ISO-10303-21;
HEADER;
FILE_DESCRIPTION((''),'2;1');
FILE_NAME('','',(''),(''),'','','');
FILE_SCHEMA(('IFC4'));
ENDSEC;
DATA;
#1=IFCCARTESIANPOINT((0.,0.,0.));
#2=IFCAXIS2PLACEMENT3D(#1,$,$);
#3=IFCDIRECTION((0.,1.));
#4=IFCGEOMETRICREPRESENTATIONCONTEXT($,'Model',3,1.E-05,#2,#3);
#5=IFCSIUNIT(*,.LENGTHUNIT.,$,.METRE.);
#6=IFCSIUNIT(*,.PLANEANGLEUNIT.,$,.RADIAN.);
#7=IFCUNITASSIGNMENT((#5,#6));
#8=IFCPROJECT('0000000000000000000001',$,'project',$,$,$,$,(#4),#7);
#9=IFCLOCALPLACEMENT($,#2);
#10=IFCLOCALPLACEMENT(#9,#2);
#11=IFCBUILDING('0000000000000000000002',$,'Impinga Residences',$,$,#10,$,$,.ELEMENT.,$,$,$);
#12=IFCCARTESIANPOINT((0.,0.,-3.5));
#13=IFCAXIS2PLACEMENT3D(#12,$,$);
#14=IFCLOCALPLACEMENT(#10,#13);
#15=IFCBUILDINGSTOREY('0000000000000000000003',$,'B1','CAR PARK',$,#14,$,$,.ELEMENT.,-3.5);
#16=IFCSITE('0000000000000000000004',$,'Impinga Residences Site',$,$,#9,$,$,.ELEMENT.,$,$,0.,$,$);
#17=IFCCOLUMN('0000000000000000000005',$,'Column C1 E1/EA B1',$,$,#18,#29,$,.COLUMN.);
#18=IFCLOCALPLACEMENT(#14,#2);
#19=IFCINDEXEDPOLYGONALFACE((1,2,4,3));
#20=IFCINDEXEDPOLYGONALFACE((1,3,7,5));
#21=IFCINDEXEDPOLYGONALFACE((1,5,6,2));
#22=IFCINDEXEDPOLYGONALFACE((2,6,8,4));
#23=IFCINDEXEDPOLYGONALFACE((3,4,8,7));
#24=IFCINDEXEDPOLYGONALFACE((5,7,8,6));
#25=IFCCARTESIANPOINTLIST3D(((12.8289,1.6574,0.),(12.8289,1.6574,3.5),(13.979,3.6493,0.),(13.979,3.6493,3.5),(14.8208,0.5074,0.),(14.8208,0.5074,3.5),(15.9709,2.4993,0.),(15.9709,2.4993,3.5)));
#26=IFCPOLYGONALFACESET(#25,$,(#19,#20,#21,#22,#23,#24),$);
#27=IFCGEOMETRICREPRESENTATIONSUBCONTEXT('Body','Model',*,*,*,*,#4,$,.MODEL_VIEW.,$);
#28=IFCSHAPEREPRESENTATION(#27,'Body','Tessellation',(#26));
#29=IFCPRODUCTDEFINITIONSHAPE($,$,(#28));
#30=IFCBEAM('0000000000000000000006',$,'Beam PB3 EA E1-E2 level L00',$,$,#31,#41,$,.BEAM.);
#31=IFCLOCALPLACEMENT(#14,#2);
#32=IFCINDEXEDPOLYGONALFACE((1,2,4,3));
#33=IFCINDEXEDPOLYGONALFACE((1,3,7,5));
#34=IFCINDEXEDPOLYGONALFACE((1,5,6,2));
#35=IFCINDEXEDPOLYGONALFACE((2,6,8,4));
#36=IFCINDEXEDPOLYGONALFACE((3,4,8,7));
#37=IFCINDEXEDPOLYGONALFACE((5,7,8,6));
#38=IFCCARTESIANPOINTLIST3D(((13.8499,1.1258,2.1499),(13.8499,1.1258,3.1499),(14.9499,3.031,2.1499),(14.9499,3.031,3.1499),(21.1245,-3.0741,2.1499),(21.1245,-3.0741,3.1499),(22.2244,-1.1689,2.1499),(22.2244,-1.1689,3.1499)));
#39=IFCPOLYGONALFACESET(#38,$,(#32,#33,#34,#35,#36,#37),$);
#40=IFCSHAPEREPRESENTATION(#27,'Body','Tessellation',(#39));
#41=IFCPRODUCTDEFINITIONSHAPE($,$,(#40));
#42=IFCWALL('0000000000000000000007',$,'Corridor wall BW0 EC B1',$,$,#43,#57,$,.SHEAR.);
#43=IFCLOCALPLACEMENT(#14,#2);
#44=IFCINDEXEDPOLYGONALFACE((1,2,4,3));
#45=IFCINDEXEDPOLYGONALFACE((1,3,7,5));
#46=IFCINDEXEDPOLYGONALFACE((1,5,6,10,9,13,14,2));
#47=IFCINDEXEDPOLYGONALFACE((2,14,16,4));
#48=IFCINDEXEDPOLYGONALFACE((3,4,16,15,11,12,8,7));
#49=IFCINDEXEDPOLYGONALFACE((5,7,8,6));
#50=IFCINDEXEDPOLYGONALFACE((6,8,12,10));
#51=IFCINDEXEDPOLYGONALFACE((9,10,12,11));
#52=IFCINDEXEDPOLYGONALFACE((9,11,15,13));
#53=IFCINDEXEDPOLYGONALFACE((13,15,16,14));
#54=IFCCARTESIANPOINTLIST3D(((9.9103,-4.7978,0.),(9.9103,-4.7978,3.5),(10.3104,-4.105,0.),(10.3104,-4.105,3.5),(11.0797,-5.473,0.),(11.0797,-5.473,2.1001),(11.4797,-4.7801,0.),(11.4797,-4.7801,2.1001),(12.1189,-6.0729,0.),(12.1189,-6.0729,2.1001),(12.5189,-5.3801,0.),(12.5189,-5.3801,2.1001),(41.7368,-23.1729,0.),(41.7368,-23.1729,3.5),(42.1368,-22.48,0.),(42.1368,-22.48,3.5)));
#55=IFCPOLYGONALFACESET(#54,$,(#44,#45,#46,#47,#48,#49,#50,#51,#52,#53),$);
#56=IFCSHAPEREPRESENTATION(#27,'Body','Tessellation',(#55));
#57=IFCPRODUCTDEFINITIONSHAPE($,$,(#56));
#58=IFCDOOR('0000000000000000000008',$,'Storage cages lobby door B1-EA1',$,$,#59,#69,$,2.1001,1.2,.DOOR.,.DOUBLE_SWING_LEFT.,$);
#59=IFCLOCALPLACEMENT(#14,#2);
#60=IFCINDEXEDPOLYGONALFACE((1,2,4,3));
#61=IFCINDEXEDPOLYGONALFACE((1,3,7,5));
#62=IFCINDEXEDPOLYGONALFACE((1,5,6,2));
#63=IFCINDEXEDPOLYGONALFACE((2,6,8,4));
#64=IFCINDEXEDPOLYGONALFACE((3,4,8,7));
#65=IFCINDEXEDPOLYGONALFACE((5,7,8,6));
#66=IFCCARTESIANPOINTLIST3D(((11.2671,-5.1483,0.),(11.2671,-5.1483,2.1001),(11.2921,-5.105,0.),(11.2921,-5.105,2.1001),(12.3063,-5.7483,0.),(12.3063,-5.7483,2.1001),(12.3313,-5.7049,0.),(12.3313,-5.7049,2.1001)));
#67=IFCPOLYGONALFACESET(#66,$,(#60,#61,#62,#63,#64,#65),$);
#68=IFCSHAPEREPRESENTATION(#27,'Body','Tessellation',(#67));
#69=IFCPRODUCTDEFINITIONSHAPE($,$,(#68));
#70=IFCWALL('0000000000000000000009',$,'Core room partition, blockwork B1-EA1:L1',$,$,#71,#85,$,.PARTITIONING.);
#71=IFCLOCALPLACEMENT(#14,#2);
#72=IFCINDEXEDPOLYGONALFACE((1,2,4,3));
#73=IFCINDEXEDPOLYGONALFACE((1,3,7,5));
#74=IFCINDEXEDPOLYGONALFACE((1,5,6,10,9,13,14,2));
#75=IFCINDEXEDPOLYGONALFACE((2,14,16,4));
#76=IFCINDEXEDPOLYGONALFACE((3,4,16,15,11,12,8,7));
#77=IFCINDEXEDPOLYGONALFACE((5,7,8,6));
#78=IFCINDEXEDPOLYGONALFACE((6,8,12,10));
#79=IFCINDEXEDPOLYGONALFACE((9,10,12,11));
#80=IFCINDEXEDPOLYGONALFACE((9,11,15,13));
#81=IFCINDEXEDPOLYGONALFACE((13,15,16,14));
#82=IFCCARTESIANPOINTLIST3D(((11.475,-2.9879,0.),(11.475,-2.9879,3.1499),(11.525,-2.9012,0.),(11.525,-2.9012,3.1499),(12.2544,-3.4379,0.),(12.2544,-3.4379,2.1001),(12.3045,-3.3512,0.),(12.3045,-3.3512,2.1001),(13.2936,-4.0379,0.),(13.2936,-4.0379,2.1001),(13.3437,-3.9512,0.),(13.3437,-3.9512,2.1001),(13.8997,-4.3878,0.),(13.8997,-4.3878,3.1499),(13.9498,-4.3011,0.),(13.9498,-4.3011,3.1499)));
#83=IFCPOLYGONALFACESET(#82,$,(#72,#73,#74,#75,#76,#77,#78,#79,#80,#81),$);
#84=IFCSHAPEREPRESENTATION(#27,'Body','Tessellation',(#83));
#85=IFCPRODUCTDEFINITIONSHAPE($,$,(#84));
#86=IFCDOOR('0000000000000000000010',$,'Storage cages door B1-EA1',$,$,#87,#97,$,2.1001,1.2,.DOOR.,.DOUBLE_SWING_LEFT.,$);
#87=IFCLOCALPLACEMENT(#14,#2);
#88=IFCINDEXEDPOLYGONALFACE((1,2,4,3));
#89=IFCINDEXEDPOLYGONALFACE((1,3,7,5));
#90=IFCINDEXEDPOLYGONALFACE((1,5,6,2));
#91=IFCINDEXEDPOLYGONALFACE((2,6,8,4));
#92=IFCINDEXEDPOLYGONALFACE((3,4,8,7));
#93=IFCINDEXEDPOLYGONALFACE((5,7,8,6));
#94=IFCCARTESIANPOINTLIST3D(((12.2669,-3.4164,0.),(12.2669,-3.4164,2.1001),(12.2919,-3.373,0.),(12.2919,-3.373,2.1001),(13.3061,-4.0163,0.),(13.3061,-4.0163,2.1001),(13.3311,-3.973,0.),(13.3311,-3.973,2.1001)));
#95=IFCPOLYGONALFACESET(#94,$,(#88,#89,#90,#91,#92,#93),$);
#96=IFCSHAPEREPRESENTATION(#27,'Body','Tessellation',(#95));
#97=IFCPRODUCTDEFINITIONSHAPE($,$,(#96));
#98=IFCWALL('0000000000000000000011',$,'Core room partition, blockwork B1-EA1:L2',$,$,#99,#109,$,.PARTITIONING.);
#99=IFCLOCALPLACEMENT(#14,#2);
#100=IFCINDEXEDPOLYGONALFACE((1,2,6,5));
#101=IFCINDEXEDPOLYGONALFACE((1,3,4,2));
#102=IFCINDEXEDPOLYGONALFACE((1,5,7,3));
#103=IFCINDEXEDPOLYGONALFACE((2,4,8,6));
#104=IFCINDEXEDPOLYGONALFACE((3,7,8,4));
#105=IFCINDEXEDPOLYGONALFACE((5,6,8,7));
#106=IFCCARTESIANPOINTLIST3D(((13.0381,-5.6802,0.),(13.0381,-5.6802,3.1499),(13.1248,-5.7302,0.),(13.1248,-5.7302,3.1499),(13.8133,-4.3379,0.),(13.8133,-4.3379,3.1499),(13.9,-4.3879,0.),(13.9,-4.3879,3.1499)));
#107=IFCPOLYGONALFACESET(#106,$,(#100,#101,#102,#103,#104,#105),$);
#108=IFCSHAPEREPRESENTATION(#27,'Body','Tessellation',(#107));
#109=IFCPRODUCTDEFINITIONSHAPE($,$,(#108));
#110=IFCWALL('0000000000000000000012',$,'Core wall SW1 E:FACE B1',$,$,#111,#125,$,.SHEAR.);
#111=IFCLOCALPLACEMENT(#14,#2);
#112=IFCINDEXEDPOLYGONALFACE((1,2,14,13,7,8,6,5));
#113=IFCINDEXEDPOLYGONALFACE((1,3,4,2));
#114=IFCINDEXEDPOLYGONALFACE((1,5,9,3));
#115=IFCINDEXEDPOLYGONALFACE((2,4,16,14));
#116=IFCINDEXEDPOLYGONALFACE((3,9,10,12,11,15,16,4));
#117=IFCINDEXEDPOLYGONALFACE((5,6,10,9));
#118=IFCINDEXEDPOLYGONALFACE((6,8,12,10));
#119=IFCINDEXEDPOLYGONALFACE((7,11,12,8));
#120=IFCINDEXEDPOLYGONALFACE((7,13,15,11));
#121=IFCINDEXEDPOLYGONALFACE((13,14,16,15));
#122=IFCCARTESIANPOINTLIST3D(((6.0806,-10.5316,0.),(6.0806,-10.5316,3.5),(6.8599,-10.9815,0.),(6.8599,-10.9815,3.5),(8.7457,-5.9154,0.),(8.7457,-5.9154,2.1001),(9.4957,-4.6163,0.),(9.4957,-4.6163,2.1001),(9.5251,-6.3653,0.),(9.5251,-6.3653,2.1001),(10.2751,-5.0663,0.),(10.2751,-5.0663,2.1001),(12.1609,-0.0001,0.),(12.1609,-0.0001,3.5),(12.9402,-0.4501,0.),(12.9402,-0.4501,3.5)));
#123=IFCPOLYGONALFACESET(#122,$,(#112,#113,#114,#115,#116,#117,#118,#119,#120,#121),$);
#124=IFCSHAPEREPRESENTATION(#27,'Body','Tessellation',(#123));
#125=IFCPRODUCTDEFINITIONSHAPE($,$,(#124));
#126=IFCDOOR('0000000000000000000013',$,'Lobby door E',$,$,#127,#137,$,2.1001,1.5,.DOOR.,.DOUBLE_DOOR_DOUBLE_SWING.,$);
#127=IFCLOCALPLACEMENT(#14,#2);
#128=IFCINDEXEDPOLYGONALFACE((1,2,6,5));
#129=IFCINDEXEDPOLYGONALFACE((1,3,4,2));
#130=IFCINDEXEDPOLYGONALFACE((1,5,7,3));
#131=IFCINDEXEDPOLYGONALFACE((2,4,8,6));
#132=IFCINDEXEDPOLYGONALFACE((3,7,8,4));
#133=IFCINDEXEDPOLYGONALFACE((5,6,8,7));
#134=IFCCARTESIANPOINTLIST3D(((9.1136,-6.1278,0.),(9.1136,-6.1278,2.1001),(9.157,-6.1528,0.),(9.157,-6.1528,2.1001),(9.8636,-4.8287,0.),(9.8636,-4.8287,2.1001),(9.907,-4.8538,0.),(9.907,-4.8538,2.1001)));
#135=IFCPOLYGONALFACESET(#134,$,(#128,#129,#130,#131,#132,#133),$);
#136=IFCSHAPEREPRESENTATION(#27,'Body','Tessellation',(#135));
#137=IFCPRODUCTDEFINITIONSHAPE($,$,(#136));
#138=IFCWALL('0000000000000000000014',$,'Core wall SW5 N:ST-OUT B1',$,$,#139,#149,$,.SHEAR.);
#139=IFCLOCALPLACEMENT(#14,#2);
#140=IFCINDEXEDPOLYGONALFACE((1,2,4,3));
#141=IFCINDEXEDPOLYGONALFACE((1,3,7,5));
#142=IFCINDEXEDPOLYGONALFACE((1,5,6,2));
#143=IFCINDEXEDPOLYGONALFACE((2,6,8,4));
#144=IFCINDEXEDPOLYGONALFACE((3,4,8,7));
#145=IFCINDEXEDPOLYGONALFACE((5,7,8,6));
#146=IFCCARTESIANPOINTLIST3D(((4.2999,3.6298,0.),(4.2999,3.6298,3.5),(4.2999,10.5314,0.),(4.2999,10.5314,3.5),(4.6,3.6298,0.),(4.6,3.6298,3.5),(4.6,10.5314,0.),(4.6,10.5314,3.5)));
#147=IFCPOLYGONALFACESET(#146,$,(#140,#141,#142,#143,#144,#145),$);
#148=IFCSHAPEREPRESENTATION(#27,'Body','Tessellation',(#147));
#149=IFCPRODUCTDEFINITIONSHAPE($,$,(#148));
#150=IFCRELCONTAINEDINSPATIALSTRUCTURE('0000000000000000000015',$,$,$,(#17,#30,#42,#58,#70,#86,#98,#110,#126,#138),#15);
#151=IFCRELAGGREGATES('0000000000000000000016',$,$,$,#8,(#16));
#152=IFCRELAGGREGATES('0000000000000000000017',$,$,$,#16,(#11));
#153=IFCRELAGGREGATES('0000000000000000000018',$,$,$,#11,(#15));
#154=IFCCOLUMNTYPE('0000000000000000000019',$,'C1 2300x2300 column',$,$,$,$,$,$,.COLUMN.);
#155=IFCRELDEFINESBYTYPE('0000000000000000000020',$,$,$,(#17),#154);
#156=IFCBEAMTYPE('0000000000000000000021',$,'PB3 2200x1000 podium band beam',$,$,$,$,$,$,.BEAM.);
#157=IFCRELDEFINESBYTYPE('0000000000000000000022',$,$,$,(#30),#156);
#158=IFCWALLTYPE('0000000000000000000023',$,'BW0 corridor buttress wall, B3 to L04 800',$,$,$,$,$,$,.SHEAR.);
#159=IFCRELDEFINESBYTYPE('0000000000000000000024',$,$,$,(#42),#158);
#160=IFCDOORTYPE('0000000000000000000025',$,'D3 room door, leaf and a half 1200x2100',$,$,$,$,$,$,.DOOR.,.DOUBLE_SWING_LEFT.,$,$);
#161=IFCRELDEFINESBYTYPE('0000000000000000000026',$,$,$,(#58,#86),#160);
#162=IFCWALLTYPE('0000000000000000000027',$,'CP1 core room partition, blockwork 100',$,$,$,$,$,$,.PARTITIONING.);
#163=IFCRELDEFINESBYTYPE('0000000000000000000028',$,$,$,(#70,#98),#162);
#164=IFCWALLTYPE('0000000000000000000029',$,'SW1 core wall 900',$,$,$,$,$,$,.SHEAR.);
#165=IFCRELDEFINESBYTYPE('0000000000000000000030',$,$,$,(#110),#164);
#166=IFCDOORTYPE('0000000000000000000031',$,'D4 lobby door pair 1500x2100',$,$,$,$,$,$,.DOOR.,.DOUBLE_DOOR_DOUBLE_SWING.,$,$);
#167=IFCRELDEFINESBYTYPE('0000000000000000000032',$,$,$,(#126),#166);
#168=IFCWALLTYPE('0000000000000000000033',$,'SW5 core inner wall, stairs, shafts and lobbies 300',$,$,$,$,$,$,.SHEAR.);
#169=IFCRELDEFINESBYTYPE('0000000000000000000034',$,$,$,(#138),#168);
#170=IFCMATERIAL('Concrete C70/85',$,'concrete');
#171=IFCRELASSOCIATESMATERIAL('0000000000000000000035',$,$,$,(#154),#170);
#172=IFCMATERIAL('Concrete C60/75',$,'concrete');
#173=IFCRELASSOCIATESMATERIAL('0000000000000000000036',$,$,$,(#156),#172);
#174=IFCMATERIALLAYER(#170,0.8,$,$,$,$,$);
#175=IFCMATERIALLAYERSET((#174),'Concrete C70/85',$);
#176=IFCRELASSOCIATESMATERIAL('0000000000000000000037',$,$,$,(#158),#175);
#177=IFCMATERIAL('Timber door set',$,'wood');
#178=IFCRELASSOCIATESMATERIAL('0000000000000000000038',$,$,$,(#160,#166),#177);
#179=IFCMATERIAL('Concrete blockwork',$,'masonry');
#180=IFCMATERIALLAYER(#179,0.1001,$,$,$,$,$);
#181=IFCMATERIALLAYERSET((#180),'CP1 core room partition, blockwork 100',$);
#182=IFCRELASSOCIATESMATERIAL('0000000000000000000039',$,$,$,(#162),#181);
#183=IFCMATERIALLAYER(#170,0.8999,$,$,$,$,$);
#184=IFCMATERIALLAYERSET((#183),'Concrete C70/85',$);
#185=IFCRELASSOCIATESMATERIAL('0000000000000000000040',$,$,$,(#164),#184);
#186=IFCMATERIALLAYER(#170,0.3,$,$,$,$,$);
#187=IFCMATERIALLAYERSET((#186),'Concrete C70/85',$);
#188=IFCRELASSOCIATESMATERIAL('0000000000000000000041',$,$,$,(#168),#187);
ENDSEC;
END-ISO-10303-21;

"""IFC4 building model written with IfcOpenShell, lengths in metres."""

from ifc_helpers import new_model, si_unit, direction, frame, frame_2d, origin, origin_2d, place, context, subcontext, project, spatial, rectangle, extrude, material, layer, layer_set, material_profile, profile_set, type_object, element, fill, save


model = new_model("IFC4")

# Units and contexts
model_context = context("Model", 3, precision=1e-05, world=origin(), true_north=direction((0.0, 1.0)))
body_context = subcontext(model_context, "Body", "Model", "MODEL_VIEW")
ifc_project = project(units=[si_unit("LENGTHUNIT", "METRE"), si_unit("PLANEANGLEUNIT", "RADIAN")], contexts=[model_context])

# Site, building, storey
site_placement = place(None, origin())
site = spatial("IfcSite", under=ifc_project, at=site_placement, Name="Impinga Residences Site", CompositionType="ELEMENT", RefElevation=0.0)
building_placement = place(site_placement, origin())
building = spatial("IfcBuilding", under=site, at=building_placement, Name="Impinga Residences", CompositionType="ELEMENT")
storey_placement = place(building_placement, frame((0.0, 0.0, -3.5)))
storey = spatial("IfcBuildingStorey", under=building, at=storey_placement, Name="B1", Description="CAR PARK", CompositionType="ELEMENT", Elevation=-3.5)

# Column
ifc_material_1 = material(Name="Concrete C70/85", Category="concrete")
ifc_material_profile_1 = material_profile(ifc_material_1, rectangle(XDim=2.3, YDim=2.3, at=origin_2d()), Name="RC 2300x2300")
ifc_profile_set_1 = profile_set([ifc_material_profile_1], Name="Concrete C70/85")
column_type = type_object("IfcColumnType", Name="C1 2300x2300 column", PredefinedType="COLUMN", material=ifc_profile_set_1)
column_placement = place(storey_placement, frame((14.3999, 2.0784, 0.0), z_axis=(0.0, 0.0, 1.0), x_axis=(-0.5, -0.866025, 0.0)))
element("IfcColumn", 1, at=column_placement, inside=storey, type_object=column_type, Name="Column C1 E1/EA B1", PredefinedType="COLUMN", context=body_context, shape_type="SweptSolid", body=[
    extrude(rectangle(XDim=2.3, YDim=2.3, at=origin_2d()), origin(), (0.0, 0.0, 1.0), 3.5),
])

# Beam
ifc_material_2 = material(Name="Concrete C60/75", Category="concrete")
ifc_material_profile_2 = material_profile(ifc_material_2, rectangle(XDim=2.2, YDim=1.0, at=origin_2d()), Name="RC 2200x1000")
ifc_profile_set_2 = profile_set([ifc_material_profile_2], Name="Concrete C60/75")
beam_type = type_object("IfcBeamType", Name="PB3 2200x1000 podium band beam", PredefinedType="BEAM", material=ifc_profile_set_2)
beam_placement = place(storey_placement, frame((14.3999, 2.0784, 2.6499), z_axis=(0.866029, -0.499993, 0.0), x_axis=(0.499993, 0.866029, 0.0)))
element("IfcBeam", 2, at=beam_placement, inside=storey, type_object=beam_type, Name="Beam PB3 EA E1-E2 level L00", PredefinedType="BEAM", context=body_context, shape_type="SweptSolid", body=[
    extrude(rectangle(XDim=2.2, YDim=1.0, at=origin_2d()), origin(), (0.0, 0.0, 1.0), 8.3999),
])

# Walls, openings, doors
ifc_layer_1 = layer(ifc_material_1, 0.8)
ifc_layer_set_1 = layer_set([ifc_layer_1], Name="Concrete C70/85")
wall_type_1 = type_object("IfcWallType", Name="BW0 corridor buttress wall, B3 to L04 800", PredefinedType="SHEAR", material=ifc_layer_set_1)
wall_1_placement = place(storey_placement, frame((10.1104, -4.4514, 0.0), z_axis=(0.0, 0.0, 1.0), x_axis=(0.866025, -0.5, 0.0)))
wall_1 = element("IfcWall", 3, at=wall_1_placement, inside=storey, type_object=wall_type_1, Name="Corridor wall BW0 EC B1", PredefinedType="SHEAR", context=body_context, shape_type="SweptSolid", body=[
    extrude(rectangle(XDim=36.75, YDim=0.8, at=frame_2d((18.375, 0.0))), origin(), (0.0, 0.0, 1.0), 3.5),
])
opening_1_placement = place(wall_1_placement, frame((1.3501, 0.0, 0.0)))
opening_1 = element("IfcOpeningElement", 4, at=opening_1_placement, cuts=wall_1, PredefinedType="OPENING", context=body_context, shape_type="SweptSolid", body=[
    extrude(rectangle(XDim=1.2, YDim=2.1001, at=frame_2d((0.6001, 1.05))), frame((0.0, 0.4099, 0.0), z_axis=(0.0, -1.0, 0.0), x_axis=(1.0, 0.0, 0.0)), (0.0, 0.0, 1.0), 0.8201),
])
ifc_material_3 = material(Name="Timber door set", Category="wood")
door_type_1 = type_object("IfcDoorType", Name="D3 room door, leaf and a half 1200x2100", OperationType="DOUBLE_SWING_LEFT", PredefinedType="DOOR", material=ifc_material_3)
door_1_placement = place(opening_1_placement, origin())
door_1 = element("IfcDoor", 5, at=door_1_placement, inside=storey, type_object=door_type_1, Name="Storage cages lobby door B1-EA1", OperationType="DOUBLE_SWING_LEFT", OverallHeight=2.1001, OverallWidth=1.2, PredefinedType="DOOR", context=body_context, shape_type="SweptSolid", body=[
    extrude(rectangle(XDim=1.2, YDim=2.1001, at=frame_2d((0.6001, 1.05))), frame((0.0, 0.0249, 0.0), z_axis=(0.0, -1.0, 0.0), x_axis=(1.0, 0.0, 0.0)), (0.0, 0.0, 1.0), 0.05),
])
fill(opening_1, door_1)
ifc_material_4 = material(Name="Concrete blockwork", Category="masonry")
ifc_layer_2 = layer(ifc_material_4, 0.1001)
ifc_layer_set_2 = layer_set([ifc_layer_2], Name="CP1 core room partition, blockwork 100")
wall_type_2 = type_object("IfcWallType", Name="CP1 core room partition, blockwork 100", PredefinedType="PARTITIONING", material=ifc_layer_set_2)
wall_2_placement = place(storey_placement, frame((11.5, -2.9446, 0.0), z_axis=(0.0, 0.0, 1.0), x_axis=(0.866035, -0.499984, 0.0)))
wall_2 = element("IfcWall", 6, at=wall_2_placement, inside=storey, type_object=wall_type_2, Name="Core room partition, blockwork B1-EA1:L1", PredefinedType="PARTITIONING", context=body_context, shape_type="SweptSolid", body=[
    extrude(rectangle(XDim=2.7998, YDim=0.1001, at=frame_2d((1.3999, 0.0))), origin(), (0.0, 0.0, 1.0), 3.1499),
])
opening_2_placement = place(wall_2_placement, frame((0.8999, 0.0, 0.0)))
opening_2 = element("IfcOpeningElement", 7, at=opening_2_placement, cuts=wall_2, PredefinedType="OPENING", context=body_context, shape_type="SweptSolid", body=[
    extrude(rectangle(XDim=1.2, YDim=2.1001, at=frame_2d((0.6001, 1.05))), frame((0.0, 0.0601, 0.0), z_axis=(0.0, -1.0, 0.0), x_axis=(1.0, 0.0, 0.0)), (0.0, 0.0, 1.0), 0.1201),
])
door_2_placement = place(opening_2_placement, origin())
door_2 = element("IfcDoor", 8, at=door_2_placement, inside=storey, type_object=door_type_1, Name="Storage cages door B1-EA1", OperationType="DOUBLE_SWING_LEFT", OverallHeight=2.1001, OverallWidth=1.2, PredefinedType="DOOR", context=body_context, shape_type="SweptSolid", body=[
    extrude(rectangle(XDim=1.2, YDim=2.1001, at=frame_2d((0.6001, 1.05))), frame((0.0, 0.0249, 0.0), z_axis=(0.0, -1.0, 0.0), x_axis=(1.0, 0.0, 0.0)), (0.0, 0.0, 1.0), 0.05),
])
fill(opening_2, door_2)

# Wall
wall_3_placement = place(storey_placement, frame((13.0815, -5.7051, 0.0), z_axis=(0.0, 0.0, 1.0), x_axis=(0.500086, 0.865976, 0.0)))
element("IfcWall", 9, at=wall_3_placement, inside=storey, type_object=wall_type_2, Name="Core room partition, blockwork B1-EA1:L2", PredefinedType="PARTITIONING", context=body_context, shape_type="SweptSolid", body=[
    extrude(rectangle(XDim=1.55, YDim=0.1001, at=frame_2d((0.7749, 0.0))), origin(), (0.0, 0.0, 1.0), 3.1499),
])

# Wall, opening, door
ifc_layer_3 = layer(ifc_material_1, 0.8999)
ifc_layer_set_3 = layer_set([ifc_layer_3], Name="Concrete C70/85")
wall_type_3 = type_object("IfcWallType", Name="SW1 core wall 900", PredefinedType="SHEAR", material=ifc_layer_set_3)
wall_4_placement = place(storey_placement, frame((12.5505, -0.2251, 0.0), z_axis=(0.0, 0.0, 1.0), x_axis=(-0.499998, -0.866027, 0.0)))
wall_4 = element("IfcWall", 10, at=wall_4_placement, inside=storey, type_object=wall_type_3, Name="Core wall SW1 E:FACE B1", PredefinedType="SHEAR", context=body_context, shape_type="SweptSolid", body=[
    extrude(rectangle(XDim=12.1606, YDim=0.8999, at=frame_2d((6.0803, 0.0))), origin(), (0.0, 0.0, 1.0), 3.5),
])
opening_3_placement = place(wall_4_placement, frame((5.3303, 0.0, 0.0)))
opening_3 = element("IfcOpeningElement", 11, at=opening_3_placement, cuts=wall_4, PredefinedType="OPENING", context=body_context, shape_type="SweptSolid", body=[
    extrude(rectangle(XDim=1.5, YDim=2.1001, at=frame_2d((0.75, 1.05))), frame((0.0, 0.46, 0.0), z_axis=(0.0, -1.0, 0.0), x_axis=(1.0, 0.0, 0.0)), (0.0, 0.0, 1.0), 0.9199),
])
door_type_2 = type_object("IfcDoorType", Name="D4 lobby door pair 1500x2100", OperationType="DOUBLE_DOOR_DOUBLE_SWING", PredefinedType="DOOR", material=ifc_material_3)
door_3_placement = place(opening_3_placement, origin())
door_3 = element("IfcDoor", 12, at=door_3_placement, inside=storey, type_object=door_type_2, Name="Lobby door E", OperationType="DOUBLE_DOOR_DOUBLE_SWING", OverallHeight=2.1001, OverallWidth=1.5, PredefinedType="DOOR", context=body_context, shape_type="SweptSolid", body=[
    extrude(rectangle(XDim=1.5, YDim=2.1001, at=frame_2d((0.75, 1.05))), frame((0.0, 0.0249, 0.0), z_axis=(0.0, -1.0, 0.0), x_axis=(1.0, 0.0, 0.0)), (0.0, 0.0, 1.0), 0.05),
])
fill(opening_3, door_3)

# Wall
ifc_layer_4 = layer(ifc_material_1, 0.3)
ifc_layer_set_4 = layer_set([ifc_layer_4], Name="Concrete C70/85")
wall_type_4 = type_object("IfcWallType", Name="SW5 core inner wall, stairs, shafts and lobbies 300", PredefinedType="SHEAR", material=ifc_layer_set_4)
wall_5_placement = place(storey_placement, frame((4.45, 3.6299, 0.0), z_axis=(0.0, 0.0, 1.0), x_axis=(0.0, 1.0, 0.0)))
element("IfcWall", 13, at=wall_5_placement, inside=storey, type_object=wall_type_4, Name="Core wall SW5 N:ST-OUT B1", PredefinedType="SHEAR", context=body_context, shape_type="SweptSolid", body=[
    extrude(rectangle(XDim=6.9016, YDim=0.3, at=frame_2d((3.4507, 0.0))), origin(), (0.0, 0.0, 1.0), 3.5),
])

save(model, "model.ifc")
